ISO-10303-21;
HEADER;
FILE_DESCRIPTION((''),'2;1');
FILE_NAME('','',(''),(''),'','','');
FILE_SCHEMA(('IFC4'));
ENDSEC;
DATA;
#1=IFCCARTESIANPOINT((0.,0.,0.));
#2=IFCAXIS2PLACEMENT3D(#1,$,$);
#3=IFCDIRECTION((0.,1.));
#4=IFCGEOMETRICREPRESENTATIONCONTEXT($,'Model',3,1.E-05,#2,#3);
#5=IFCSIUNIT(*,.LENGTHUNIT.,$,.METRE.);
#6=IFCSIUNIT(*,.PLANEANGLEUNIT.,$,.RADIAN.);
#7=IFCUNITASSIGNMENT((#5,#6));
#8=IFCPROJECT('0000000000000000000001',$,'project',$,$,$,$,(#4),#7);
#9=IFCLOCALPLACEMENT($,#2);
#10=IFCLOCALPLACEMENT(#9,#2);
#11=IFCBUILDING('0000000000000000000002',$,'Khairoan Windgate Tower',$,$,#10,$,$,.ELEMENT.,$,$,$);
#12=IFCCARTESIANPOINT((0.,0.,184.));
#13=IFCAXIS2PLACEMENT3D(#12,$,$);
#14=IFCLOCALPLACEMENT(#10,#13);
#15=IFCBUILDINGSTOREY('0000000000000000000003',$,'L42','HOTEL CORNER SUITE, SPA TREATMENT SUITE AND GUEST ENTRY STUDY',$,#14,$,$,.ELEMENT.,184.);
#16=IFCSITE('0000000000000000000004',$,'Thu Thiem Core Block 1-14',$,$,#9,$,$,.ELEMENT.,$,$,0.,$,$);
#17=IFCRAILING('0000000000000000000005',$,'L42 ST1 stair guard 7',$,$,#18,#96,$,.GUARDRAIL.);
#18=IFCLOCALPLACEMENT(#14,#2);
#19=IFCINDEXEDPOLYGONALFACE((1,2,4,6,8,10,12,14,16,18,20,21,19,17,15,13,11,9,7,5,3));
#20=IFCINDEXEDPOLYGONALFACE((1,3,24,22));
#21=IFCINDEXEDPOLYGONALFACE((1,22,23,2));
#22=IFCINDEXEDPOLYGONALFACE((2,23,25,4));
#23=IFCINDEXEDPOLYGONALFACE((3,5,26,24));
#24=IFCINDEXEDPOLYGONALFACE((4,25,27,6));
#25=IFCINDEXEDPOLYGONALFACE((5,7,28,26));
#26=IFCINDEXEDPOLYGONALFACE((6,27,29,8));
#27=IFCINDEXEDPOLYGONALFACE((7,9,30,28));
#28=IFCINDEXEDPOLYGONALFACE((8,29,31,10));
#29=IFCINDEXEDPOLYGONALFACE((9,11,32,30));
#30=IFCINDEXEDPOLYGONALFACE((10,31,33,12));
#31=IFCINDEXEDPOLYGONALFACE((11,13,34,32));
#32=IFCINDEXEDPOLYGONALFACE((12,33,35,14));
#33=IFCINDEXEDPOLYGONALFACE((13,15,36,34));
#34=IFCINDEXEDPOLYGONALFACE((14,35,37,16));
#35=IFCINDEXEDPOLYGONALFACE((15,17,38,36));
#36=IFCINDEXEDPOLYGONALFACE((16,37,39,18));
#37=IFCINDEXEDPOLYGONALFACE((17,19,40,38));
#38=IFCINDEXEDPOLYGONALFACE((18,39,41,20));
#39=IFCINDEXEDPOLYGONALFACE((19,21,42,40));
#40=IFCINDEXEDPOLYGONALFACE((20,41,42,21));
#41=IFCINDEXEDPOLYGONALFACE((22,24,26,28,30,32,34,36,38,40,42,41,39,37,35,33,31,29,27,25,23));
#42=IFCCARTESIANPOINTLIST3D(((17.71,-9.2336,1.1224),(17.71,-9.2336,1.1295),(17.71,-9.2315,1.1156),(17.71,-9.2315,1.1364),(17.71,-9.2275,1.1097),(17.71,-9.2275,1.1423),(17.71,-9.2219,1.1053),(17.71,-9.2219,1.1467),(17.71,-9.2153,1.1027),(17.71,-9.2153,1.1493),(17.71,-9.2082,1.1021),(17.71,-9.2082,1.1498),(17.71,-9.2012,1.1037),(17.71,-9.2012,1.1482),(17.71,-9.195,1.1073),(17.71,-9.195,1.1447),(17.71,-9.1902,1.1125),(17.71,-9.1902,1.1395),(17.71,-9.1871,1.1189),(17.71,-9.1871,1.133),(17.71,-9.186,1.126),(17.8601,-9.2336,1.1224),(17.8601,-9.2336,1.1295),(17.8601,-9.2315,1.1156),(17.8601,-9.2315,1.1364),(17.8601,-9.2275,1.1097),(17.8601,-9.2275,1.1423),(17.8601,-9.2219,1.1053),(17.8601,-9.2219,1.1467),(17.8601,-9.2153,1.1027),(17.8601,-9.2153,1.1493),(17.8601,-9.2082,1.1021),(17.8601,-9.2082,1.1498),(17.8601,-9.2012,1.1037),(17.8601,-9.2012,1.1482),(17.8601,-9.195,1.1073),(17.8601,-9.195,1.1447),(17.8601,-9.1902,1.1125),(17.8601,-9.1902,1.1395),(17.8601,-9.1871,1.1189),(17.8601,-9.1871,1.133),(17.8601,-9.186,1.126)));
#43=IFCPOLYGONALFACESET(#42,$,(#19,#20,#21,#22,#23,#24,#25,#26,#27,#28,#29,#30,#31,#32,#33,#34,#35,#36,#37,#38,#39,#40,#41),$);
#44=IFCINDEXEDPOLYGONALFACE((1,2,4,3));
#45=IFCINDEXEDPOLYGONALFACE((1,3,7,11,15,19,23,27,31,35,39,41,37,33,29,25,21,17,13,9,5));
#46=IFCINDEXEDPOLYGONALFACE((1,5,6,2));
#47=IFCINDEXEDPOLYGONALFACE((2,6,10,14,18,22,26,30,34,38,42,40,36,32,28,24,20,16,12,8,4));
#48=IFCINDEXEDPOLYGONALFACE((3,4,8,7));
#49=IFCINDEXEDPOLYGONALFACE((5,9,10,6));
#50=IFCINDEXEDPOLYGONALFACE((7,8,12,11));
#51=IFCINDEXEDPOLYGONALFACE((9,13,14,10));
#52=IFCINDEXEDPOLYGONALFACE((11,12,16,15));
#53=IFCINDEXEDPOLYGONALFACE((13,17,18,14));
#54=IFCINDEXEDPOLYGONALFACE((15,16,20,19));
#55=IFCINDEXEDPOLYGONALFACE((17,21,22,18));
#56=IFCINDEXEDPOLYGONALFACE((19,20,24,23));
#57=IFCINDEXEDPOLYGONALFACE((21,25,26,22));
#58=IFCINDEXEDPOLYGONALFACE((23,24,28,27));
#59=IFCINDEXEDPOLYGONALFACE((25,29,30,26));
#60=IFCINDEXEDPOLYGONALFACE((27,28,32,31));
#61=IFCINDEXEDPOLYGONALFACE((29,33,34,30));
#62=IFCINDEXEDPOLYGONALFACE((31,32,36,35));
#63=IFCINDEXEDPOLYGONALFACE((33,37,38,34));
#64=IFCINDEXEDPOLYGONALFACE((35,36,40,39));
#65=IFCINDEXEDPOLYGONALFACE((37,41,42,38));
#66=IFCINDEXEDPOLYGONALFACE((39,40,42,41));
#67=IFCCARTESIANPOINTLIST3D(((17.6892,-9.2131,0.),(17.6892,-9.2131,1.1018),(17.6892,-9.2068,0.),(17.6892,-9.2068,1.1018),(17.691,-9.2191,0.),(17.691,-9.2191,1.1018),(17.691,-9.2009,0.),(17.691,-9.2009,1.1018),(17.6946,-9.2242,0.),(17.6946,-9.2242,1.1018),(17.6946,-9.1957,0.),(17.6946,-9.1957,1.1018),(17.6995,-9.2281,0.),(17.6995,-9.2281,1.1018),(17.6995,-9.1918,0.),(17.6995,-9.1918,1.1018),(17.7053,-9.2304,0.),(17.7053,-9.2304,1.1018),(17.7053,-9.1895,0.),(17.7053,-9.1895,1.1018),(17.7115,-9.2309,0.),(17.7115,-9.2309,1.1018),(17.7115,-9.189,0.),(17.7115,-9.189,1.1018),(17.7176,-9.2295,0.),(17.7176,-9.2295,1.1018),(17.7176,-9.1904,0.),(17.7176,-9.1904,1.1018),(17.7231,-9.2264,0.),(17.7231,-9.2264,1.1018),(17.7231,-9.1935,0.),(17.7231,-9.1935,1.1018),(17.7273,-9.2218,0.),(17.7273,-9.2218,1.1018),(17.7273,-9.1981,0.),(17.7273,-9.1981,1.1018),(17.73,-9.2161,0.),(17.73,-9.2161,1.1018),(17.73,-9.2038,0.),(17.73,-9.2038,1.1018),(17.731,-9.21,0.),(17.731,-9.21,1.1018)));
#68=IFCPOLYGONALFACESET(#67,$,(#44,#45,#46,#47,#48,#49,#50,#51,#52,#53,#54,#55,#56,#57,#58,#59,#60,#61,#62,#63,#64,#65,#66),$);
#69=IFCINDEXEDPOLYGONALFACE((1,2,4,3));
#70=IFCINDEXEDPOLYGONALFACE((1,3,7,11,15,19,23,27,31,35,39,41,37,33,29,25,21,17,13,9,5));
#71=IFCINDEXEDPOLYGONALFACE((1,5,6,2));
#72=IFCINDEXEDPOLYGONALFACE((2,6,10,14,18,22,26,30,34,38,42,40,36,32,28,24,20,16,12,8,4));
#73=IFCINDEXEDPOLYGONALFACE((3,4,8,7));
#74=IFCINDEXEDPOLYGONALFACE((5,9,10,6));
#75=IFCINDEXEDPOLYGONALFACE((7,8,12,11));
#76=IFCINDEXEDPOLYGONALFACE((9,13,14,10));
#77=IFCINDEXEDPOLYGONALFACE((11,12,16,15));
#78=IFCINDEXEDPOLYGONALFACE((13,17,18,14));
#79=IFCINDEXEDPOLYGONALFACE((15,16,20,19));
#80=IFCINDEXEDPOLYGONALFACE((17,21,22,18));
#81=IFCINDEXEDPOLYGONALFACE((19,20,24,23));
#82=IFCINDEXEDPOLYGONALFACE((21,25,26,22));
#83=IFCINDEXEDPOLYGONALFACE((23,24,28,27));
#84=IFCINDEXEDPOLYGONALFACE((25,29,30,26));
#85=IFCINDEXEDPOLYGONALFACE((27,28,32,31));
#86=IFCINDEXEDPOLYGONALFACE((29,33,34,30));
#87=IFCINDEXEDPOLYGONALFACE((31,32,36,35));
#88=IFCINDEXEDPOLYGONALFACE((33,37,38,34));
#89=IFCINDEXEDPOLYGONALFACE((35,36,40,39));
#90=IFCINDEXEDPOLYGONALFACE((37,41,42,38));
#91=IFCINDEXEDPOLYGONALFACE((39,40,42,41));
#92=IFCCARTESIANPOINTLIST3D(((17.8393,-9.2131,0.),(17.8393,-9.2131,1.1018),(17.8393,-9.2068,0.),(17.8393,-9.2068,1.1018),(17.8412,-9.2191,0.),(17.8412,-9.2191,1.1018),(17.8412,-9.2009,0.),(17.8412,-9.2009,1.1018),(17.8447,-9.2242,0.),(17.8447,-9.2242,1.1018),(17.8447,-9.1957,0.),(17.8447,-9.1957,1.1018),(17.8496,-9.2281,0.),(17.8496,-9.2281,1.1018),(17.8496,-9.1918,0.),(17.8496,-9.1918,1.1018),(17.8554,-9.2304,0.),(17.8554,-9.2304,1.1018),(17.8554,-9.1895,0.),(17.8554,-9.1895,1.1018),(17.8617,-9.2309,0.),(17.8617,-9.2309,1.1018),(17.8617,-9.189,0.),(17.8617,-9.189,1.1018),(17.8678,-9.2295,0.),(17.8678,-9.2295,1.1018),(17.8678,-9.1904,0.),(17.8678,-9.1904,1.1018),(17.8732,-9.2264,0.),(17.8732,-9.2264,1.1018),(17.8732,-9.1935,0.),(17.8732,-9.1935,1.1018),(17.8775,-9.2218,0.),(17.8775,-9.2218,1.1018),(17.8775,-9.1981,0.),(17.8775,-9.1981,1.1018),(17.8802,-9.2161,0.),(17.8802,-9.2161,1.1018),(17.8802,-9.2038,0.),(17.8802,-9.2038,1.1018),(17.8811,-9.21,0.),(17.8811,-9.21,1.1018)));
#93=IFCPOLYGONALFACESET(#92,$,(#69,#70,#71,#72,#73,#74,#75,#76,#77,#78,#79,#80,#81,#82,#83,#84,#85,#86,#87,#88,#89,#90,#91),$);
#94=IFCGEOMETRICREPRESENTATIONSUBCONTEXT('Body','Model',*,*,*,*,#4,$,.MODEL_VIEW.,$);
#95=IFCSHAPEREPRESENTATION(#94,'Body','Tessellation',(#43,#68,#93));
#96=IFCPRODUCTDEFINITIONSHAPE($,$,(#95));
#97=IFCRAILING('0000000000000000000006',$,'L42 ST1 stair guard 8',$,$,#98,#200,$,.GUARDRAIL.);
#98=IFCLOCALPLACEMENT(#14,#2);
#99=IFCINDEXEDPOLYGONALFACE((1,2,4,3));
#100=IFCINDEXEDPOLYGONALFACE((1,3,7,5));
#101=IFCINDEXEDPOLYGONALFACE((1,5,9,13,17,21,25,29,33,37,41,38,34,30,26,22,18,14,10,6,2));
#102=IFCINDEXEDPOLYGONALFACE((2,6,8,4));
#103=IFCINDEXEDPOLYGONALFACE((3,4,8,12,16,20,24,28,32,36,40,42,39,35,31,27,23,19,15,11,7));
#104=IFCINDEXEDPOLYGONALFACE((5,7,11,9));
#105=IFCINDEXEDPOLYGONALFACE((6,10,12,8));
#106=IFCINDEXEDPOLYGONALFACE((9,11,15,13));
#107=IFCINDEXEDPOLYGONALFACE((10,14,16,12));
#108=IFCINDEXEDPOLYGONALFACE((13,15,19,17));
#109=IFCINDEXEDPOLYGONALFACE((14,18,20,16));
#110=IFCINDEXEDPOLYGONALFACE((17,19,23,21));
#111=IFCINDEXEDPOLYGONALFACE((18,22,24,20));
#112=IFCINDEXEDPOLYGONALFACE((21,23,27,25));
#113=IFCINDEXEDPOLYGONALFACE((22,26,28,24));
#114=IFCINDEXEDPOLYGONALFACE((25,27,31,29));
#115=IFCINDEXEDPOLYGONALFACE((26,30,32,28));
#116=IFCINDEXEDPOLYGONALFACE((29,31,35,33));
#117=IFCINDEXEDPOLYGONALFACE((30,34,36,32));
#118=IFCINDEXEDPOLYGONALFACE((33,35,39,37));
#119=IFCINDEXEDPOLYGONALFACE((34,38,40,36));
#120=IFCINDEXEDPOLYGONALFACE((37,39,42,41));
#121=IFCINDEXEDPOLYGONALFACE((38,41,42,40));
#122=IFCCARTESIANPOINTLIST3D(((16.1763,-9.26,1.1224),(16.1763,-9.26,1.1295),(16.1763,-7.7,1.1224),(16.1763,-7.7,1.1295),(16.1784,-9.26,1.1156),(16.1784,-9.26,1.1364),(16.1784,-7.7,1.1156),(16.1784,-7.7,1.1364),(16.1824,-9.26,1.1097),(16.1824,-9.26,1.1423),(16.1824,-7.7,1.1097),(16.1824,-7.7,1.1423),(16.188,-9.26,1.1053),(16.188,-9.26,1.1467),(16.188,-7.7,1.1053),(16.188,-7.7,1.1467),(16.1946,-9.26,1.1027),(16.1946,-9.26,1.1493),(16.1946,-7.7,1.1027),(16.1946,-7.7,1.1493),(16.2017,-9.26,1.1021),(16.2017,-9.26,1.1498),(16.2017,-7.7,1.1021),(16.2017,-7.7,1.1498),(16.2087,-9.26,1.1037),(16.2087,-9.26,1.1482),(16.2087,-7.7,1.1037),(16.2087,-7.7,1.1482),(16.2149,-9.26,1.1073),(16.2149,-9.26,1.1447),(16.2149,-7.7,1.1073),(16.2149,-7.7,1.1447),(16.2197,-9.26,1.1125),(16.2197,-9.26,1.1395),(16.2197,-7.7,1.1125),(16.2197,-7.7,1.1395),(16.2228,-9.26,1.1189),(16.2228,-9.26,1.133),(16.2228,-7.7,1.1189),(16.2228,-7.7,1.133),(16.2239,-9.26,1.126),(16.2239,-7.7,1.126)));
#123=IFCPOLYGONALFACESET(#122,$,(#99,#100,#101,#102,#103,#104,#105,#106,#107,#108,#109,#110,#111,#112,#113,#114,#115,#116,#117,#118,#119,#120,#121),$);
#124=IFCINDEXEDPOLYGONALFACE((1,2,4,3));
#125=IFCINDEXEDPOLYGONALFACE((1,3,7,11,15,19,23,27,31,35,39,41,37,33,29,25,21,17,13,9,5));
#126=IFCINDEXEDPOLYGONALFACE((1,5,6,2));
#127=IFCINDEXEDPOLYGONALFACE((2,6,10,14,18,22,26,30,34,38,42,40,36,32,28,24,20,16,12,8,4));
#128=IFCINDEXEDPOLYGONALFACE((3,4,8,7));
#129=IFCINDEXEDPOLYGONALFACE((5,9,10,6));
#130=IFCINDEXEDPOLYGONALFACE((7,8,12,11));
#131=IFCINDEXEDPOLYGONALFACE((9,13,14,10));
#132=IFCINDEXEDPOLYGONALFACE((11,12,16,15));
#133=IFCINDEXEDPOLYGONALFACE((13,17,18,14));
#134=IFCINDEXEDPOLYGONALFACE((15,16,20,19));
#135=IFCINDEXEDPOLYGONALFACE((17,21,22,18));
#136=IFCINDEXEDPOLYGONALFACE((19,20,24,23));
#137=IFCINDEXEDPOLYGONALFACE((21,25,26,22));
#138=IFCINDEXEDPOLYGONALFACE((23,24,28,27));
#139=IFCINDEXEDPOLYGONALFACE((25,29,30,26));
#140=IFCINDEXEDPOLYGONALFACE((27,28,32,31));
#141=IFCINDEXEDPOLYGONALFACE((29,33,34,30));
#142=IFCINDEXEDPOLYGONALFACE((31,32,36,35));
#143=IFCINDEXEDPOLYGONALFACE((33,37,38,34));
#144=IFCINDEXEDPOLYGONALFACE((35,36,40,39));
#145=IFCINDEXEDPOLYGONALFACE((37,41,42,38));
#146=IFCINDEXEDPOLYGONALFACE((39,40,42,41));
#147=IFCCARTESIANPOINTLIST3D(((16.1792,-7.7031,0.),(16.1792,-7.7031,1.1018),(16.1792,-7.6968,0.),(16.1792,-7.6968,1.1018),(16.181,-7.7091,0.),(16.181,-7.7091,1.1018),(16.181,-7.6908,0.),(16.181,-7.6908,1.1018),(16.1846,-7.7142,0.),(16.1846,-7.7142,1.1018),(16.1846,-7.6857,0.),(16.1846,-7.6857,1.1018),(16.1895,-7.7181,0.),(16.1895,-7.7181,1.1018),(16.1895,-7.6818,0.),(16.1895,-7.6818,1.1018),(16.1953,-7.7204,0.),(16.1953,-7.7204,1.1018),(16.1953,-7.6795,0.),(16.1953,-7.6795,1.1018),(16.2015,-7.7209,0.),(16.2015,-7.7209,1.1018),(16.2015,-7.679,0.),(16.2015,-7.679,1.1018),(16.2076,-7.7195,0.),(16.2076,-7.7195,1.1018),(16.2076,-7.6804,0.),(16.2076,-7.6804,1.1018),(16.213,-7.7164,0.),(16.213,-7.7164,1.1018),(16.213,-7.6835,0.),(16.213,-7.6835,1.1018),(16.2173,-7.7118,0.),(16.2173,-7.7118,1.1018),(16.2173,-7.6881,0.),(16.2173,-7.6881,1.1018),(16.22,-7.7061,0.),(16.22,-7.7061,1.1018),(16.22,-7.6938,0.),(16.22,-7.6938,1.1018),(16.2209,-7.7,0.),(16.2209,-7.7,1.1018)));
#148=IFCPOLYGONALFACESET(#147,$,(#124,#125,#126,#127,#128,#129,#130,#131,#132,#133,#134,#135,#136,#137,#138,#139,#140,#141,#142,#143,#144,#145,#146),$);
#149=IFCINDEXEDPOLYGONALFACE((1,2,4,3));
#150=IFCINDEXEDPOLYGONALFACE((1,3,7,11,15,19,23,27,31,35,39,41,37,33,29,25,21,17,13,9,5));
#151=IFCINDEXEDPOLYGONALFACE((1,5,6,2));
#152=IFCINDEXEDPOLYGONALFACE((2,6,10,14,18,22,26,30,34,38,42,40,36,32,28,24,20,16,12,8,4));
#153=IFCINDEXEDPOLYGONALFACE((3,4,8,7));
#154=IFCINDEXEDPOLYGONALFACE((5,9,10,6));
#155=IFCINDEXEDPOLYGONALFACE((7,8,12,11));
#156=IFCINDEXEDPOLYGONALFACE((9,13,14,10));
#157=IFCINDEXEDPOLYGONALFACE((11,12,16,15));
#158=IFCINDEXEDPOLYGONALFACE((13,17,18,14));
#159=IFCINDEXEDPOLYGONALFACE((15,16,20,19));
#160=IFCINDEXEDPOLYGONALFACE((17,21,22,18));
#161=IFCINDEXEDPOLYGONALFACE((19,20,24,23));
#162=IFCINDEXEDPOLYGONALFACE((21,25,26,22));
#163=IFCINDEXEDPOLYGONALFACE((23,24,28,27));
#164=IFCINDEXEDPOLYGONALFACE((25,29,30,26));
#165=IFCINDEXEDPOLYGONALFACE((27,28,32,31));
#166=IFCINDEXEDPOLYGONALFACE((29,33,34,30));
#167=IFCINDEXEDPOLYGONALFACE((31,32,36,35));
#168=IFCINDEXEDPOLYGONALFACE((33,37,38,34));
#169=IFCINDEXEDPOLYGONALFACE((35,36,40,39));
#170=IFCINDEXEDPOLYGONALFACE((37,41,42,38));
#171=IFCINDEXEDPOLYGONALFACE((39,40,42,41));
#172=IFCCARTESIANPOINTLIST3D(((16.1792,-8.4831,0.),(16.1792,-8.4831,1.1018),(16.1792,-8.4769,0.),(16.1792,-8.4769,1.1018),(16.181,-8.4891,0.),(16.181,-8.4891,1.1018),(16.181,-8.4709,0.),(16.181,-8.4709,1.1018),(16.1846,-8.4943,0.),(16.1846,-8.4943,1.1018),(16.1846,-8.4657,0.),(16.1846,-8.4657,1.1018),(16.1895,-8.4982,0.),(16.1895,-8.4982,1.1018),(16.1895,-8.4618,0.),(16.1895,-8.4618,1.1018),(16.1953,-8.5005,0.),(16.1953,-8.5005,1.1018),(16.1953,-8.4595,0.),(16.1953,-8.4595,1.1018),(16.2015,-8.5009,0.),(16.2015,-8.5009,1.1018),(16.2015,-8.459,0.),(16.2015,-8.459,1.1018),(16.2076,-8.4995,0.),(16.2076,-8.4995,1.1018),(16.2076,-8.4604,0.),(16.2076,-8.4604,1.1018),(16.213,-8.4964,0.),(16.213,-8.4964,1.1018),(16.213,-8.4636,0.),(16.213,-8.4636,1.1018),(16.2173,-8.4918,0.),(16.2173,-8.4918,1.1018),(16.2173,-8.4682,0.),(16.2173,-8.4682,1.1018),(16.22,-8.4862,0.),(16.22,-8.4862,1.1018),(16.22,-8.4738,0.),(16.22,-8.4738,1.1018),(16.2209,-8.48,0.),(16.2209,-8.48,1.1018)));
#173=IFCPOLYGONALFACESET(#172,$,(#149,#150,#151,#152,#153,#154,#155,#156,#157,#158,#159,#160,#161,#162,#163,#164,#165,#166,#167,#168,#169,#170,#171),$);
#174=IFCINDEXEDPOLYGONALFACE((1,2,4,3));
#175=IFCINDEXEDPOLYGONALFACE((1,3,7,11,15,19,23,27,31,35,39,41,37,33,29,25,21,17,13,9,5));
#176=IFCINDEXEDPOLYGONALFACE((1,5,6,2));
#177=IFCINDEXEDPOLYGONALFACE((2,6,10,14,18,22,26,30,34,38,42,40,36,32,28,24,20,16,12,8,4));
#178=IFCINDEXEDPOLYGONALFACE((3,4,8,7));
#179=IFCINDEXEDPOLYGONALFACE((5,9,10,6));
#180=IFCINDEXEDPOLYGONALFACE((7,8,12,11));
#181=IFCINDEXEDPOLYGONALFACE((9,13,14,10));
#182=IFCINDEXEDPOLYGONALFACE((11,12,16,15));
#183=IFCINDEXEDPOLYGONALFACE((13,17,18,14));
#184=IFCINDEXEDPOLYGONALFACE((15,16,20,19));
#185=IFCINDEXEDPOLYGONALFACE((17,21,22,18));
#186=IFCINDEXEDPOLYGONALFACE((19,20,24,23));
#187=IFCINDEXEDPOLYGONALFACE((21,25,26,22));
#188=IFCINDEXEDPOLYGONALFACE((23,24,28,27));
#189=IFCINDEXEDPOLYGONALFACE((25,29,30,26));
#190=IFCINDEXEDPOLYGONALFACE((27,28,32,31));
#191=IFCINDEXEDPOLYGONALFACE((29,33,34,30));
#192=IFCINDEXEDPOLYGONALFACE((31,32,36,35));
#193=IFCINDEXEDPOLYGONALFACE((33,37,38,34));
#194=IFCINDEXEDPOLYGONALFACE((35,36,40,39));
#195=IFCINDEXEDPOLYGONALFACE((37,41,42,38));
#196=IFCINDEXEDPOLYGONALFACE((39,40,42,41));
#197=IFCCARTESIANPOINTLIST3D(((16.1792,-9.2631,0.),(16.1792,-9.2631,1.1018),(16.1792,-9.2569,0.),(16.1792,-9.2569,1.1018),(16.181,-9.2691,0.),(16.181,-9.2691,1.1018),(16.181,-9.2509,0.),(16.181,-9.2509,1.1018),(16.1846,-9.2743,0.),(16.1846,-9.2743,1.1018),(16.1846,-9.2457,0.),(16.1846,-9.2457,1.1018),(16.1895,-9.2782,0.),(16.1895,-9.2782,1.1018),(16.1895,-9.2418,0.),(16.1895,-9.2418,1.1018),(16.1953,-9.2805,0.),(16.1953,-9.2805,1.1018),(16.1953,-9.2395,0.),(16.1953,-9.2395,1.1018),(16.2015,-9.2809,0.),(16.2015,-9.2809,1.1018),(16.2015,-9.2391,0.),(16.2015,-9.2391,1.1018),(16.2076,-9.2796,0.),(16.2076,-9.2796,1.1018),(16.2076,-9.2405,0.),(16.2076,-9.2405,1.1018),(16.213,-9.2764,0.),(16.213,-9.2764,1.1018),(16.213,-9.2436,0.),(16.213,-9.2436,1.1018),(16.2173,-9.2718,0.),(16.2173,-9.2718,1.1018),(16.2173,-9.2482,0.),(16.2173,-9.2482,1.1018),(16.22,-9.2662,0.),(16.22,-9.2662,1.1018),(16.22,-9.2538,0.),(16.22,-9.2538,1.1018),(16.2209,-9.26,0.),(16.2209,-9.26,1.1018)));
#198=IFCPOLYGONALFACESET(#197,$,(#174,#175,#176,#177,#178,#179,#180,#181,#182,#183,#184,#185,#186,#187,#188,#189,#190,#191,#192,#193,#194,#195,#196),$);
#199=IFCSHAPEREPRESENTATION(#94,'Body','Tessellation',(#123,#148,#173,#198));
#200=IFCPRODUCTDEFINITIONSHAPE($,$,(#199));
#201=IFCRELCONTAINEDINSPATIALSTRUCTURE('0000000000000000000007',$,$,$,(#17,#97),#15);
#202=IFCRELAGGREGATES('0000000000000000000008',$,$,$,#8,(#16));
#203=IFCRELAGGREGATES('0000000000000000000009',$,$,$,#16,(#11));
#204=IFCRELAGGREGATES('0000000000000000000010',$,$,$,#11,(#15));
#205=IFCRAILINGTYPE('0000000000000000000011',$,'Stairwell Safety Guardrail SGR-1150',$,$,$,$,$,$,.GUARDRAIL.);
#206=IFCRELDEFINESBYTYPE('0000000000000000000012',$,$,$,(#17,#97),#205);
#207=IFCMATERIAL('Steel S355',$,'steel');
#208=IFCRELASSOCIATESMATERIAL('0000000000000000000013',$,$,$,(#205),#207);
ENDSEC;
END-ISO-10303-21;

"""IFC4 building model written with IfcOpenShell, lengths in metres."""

from ifc_helpers import new_model, si_unit, direction, frame, origin, origin_2d, place, context, subcontext, project, spatial, circle, extrude, material, type_object, element, save


model = new_model("IFC4")

# Units and contexts
model_context = context("Model", 3, precision=1e-05, world=origin(), true_north=direction((0.0, 1.0)))
body_context = subcontext(model_context, "Body", "Model", "MODEL_VIEW")
ifc_project = project(units=[si_unit("LENGTHUNIT", "METRE"), si_unit("PLANEANGLEUNIT", "RADIAN")], contexts=[model_context])

# Site, building, storey
site_placement = place(None, origin())
site = spatial("IfcSite", under=ifc_project, at=site_placement, Name="Thu Thiem Core Block 1-14", CompositionType="ELEMENT", RefElevation=0.0)
building_placement = place(site_placement, origin())
building = spatial("IfcBuilding", under=site, at=building_placement, Name="Khairoan Windgate Tower", CompositionType="ELEMENT")
storey_placement = place(building_placement, frame((0.0, 0.0, 184.0)))
storey = spatial("IfcBuildingStorey", under=building, at=storey_placement, Name="L42", Description="HOTEL CORNER SUITE, SPA TREATMENT SUITE AND GUEST ENTRY STUDY", CompositionType="ELEMENT", Elevation=184.0)

# Railings
ifc_material_1 = material(Name="Steel S355", Category="steel")
railing_type_1 = type_object("IfcRailingType", Name="Stairwell Safety Guardrail SGR-1150", PredefinedType="GUARDRAIL", material=ifc_material_1)
railing_1_placement = place(storey_placement, frame((17.71, -9.21, 0.0)))
element("IfcRailing", 1, at=railing_1_placement, inside=storey, type_object=railing_type_1, Name="L42 ST1 stair guard 7", PredefinedType="GUARDRAIL", context=body_context, shape_type="SweptSolid", body=[
    extrude(circle(Radius=0.0239, at=origin_2d()), frame((0.0, 0.0, 1.126), z_axis=(1.0, 0.0, 0.0), x_axis=(0.0, 1.0, 0.0)), (0.0, 0.0, 1.0), 0.1501),
    extrude(circle(Radius=0.021, at=origin_2d()), origin(), (0.0, 0.0, 1.0), 1.1018),
    extrude(circle(Radius=0.021, at=origin_2d()), frame((0.1501, 0.0, 0.0)), (0.0, 0.0, 1.0), 1.1018),
])
for number, where, name in (
    (2, (16.2, -7.7, 0.0), "L42 ST1 stair guard 8"),
):
    element("IfcRailing", number, at=place(storey_placement, frame(where)), inside=storey, type_object=railing_type_1, Name=name, PredefinedType="GUARDRAIL", context=body_context, shape_type="SweptSolid", body=[
        extrude(circle(Radius=0.0239, at=origin_2d()), frame((0.0, 0.0, 1.126), z_axis=(0.0, -1.0, 0.0), x_axis=(1.0, 0.0, 0.0)), (0.0, 0.0, 1.0), 1.5601),
        extrude(circle(Radius=0.021, at=origin_2d()), origin(), (0.0, 0.0, 1.0), 1.1018),
        extrude(circle(Radius=0.021, at=origin_2d()), frame((0.0, -0.78, 0.0)), (0.0, 0.0, 1.0), 1.1018),
        extrude(circle(Radius=0.021, at=origin_2d()), frame((0.0, -1.5601, 0.0)), (0.0, 0.0, 1.0), 1.1018),
    ])

save(model, "model.ifc")
